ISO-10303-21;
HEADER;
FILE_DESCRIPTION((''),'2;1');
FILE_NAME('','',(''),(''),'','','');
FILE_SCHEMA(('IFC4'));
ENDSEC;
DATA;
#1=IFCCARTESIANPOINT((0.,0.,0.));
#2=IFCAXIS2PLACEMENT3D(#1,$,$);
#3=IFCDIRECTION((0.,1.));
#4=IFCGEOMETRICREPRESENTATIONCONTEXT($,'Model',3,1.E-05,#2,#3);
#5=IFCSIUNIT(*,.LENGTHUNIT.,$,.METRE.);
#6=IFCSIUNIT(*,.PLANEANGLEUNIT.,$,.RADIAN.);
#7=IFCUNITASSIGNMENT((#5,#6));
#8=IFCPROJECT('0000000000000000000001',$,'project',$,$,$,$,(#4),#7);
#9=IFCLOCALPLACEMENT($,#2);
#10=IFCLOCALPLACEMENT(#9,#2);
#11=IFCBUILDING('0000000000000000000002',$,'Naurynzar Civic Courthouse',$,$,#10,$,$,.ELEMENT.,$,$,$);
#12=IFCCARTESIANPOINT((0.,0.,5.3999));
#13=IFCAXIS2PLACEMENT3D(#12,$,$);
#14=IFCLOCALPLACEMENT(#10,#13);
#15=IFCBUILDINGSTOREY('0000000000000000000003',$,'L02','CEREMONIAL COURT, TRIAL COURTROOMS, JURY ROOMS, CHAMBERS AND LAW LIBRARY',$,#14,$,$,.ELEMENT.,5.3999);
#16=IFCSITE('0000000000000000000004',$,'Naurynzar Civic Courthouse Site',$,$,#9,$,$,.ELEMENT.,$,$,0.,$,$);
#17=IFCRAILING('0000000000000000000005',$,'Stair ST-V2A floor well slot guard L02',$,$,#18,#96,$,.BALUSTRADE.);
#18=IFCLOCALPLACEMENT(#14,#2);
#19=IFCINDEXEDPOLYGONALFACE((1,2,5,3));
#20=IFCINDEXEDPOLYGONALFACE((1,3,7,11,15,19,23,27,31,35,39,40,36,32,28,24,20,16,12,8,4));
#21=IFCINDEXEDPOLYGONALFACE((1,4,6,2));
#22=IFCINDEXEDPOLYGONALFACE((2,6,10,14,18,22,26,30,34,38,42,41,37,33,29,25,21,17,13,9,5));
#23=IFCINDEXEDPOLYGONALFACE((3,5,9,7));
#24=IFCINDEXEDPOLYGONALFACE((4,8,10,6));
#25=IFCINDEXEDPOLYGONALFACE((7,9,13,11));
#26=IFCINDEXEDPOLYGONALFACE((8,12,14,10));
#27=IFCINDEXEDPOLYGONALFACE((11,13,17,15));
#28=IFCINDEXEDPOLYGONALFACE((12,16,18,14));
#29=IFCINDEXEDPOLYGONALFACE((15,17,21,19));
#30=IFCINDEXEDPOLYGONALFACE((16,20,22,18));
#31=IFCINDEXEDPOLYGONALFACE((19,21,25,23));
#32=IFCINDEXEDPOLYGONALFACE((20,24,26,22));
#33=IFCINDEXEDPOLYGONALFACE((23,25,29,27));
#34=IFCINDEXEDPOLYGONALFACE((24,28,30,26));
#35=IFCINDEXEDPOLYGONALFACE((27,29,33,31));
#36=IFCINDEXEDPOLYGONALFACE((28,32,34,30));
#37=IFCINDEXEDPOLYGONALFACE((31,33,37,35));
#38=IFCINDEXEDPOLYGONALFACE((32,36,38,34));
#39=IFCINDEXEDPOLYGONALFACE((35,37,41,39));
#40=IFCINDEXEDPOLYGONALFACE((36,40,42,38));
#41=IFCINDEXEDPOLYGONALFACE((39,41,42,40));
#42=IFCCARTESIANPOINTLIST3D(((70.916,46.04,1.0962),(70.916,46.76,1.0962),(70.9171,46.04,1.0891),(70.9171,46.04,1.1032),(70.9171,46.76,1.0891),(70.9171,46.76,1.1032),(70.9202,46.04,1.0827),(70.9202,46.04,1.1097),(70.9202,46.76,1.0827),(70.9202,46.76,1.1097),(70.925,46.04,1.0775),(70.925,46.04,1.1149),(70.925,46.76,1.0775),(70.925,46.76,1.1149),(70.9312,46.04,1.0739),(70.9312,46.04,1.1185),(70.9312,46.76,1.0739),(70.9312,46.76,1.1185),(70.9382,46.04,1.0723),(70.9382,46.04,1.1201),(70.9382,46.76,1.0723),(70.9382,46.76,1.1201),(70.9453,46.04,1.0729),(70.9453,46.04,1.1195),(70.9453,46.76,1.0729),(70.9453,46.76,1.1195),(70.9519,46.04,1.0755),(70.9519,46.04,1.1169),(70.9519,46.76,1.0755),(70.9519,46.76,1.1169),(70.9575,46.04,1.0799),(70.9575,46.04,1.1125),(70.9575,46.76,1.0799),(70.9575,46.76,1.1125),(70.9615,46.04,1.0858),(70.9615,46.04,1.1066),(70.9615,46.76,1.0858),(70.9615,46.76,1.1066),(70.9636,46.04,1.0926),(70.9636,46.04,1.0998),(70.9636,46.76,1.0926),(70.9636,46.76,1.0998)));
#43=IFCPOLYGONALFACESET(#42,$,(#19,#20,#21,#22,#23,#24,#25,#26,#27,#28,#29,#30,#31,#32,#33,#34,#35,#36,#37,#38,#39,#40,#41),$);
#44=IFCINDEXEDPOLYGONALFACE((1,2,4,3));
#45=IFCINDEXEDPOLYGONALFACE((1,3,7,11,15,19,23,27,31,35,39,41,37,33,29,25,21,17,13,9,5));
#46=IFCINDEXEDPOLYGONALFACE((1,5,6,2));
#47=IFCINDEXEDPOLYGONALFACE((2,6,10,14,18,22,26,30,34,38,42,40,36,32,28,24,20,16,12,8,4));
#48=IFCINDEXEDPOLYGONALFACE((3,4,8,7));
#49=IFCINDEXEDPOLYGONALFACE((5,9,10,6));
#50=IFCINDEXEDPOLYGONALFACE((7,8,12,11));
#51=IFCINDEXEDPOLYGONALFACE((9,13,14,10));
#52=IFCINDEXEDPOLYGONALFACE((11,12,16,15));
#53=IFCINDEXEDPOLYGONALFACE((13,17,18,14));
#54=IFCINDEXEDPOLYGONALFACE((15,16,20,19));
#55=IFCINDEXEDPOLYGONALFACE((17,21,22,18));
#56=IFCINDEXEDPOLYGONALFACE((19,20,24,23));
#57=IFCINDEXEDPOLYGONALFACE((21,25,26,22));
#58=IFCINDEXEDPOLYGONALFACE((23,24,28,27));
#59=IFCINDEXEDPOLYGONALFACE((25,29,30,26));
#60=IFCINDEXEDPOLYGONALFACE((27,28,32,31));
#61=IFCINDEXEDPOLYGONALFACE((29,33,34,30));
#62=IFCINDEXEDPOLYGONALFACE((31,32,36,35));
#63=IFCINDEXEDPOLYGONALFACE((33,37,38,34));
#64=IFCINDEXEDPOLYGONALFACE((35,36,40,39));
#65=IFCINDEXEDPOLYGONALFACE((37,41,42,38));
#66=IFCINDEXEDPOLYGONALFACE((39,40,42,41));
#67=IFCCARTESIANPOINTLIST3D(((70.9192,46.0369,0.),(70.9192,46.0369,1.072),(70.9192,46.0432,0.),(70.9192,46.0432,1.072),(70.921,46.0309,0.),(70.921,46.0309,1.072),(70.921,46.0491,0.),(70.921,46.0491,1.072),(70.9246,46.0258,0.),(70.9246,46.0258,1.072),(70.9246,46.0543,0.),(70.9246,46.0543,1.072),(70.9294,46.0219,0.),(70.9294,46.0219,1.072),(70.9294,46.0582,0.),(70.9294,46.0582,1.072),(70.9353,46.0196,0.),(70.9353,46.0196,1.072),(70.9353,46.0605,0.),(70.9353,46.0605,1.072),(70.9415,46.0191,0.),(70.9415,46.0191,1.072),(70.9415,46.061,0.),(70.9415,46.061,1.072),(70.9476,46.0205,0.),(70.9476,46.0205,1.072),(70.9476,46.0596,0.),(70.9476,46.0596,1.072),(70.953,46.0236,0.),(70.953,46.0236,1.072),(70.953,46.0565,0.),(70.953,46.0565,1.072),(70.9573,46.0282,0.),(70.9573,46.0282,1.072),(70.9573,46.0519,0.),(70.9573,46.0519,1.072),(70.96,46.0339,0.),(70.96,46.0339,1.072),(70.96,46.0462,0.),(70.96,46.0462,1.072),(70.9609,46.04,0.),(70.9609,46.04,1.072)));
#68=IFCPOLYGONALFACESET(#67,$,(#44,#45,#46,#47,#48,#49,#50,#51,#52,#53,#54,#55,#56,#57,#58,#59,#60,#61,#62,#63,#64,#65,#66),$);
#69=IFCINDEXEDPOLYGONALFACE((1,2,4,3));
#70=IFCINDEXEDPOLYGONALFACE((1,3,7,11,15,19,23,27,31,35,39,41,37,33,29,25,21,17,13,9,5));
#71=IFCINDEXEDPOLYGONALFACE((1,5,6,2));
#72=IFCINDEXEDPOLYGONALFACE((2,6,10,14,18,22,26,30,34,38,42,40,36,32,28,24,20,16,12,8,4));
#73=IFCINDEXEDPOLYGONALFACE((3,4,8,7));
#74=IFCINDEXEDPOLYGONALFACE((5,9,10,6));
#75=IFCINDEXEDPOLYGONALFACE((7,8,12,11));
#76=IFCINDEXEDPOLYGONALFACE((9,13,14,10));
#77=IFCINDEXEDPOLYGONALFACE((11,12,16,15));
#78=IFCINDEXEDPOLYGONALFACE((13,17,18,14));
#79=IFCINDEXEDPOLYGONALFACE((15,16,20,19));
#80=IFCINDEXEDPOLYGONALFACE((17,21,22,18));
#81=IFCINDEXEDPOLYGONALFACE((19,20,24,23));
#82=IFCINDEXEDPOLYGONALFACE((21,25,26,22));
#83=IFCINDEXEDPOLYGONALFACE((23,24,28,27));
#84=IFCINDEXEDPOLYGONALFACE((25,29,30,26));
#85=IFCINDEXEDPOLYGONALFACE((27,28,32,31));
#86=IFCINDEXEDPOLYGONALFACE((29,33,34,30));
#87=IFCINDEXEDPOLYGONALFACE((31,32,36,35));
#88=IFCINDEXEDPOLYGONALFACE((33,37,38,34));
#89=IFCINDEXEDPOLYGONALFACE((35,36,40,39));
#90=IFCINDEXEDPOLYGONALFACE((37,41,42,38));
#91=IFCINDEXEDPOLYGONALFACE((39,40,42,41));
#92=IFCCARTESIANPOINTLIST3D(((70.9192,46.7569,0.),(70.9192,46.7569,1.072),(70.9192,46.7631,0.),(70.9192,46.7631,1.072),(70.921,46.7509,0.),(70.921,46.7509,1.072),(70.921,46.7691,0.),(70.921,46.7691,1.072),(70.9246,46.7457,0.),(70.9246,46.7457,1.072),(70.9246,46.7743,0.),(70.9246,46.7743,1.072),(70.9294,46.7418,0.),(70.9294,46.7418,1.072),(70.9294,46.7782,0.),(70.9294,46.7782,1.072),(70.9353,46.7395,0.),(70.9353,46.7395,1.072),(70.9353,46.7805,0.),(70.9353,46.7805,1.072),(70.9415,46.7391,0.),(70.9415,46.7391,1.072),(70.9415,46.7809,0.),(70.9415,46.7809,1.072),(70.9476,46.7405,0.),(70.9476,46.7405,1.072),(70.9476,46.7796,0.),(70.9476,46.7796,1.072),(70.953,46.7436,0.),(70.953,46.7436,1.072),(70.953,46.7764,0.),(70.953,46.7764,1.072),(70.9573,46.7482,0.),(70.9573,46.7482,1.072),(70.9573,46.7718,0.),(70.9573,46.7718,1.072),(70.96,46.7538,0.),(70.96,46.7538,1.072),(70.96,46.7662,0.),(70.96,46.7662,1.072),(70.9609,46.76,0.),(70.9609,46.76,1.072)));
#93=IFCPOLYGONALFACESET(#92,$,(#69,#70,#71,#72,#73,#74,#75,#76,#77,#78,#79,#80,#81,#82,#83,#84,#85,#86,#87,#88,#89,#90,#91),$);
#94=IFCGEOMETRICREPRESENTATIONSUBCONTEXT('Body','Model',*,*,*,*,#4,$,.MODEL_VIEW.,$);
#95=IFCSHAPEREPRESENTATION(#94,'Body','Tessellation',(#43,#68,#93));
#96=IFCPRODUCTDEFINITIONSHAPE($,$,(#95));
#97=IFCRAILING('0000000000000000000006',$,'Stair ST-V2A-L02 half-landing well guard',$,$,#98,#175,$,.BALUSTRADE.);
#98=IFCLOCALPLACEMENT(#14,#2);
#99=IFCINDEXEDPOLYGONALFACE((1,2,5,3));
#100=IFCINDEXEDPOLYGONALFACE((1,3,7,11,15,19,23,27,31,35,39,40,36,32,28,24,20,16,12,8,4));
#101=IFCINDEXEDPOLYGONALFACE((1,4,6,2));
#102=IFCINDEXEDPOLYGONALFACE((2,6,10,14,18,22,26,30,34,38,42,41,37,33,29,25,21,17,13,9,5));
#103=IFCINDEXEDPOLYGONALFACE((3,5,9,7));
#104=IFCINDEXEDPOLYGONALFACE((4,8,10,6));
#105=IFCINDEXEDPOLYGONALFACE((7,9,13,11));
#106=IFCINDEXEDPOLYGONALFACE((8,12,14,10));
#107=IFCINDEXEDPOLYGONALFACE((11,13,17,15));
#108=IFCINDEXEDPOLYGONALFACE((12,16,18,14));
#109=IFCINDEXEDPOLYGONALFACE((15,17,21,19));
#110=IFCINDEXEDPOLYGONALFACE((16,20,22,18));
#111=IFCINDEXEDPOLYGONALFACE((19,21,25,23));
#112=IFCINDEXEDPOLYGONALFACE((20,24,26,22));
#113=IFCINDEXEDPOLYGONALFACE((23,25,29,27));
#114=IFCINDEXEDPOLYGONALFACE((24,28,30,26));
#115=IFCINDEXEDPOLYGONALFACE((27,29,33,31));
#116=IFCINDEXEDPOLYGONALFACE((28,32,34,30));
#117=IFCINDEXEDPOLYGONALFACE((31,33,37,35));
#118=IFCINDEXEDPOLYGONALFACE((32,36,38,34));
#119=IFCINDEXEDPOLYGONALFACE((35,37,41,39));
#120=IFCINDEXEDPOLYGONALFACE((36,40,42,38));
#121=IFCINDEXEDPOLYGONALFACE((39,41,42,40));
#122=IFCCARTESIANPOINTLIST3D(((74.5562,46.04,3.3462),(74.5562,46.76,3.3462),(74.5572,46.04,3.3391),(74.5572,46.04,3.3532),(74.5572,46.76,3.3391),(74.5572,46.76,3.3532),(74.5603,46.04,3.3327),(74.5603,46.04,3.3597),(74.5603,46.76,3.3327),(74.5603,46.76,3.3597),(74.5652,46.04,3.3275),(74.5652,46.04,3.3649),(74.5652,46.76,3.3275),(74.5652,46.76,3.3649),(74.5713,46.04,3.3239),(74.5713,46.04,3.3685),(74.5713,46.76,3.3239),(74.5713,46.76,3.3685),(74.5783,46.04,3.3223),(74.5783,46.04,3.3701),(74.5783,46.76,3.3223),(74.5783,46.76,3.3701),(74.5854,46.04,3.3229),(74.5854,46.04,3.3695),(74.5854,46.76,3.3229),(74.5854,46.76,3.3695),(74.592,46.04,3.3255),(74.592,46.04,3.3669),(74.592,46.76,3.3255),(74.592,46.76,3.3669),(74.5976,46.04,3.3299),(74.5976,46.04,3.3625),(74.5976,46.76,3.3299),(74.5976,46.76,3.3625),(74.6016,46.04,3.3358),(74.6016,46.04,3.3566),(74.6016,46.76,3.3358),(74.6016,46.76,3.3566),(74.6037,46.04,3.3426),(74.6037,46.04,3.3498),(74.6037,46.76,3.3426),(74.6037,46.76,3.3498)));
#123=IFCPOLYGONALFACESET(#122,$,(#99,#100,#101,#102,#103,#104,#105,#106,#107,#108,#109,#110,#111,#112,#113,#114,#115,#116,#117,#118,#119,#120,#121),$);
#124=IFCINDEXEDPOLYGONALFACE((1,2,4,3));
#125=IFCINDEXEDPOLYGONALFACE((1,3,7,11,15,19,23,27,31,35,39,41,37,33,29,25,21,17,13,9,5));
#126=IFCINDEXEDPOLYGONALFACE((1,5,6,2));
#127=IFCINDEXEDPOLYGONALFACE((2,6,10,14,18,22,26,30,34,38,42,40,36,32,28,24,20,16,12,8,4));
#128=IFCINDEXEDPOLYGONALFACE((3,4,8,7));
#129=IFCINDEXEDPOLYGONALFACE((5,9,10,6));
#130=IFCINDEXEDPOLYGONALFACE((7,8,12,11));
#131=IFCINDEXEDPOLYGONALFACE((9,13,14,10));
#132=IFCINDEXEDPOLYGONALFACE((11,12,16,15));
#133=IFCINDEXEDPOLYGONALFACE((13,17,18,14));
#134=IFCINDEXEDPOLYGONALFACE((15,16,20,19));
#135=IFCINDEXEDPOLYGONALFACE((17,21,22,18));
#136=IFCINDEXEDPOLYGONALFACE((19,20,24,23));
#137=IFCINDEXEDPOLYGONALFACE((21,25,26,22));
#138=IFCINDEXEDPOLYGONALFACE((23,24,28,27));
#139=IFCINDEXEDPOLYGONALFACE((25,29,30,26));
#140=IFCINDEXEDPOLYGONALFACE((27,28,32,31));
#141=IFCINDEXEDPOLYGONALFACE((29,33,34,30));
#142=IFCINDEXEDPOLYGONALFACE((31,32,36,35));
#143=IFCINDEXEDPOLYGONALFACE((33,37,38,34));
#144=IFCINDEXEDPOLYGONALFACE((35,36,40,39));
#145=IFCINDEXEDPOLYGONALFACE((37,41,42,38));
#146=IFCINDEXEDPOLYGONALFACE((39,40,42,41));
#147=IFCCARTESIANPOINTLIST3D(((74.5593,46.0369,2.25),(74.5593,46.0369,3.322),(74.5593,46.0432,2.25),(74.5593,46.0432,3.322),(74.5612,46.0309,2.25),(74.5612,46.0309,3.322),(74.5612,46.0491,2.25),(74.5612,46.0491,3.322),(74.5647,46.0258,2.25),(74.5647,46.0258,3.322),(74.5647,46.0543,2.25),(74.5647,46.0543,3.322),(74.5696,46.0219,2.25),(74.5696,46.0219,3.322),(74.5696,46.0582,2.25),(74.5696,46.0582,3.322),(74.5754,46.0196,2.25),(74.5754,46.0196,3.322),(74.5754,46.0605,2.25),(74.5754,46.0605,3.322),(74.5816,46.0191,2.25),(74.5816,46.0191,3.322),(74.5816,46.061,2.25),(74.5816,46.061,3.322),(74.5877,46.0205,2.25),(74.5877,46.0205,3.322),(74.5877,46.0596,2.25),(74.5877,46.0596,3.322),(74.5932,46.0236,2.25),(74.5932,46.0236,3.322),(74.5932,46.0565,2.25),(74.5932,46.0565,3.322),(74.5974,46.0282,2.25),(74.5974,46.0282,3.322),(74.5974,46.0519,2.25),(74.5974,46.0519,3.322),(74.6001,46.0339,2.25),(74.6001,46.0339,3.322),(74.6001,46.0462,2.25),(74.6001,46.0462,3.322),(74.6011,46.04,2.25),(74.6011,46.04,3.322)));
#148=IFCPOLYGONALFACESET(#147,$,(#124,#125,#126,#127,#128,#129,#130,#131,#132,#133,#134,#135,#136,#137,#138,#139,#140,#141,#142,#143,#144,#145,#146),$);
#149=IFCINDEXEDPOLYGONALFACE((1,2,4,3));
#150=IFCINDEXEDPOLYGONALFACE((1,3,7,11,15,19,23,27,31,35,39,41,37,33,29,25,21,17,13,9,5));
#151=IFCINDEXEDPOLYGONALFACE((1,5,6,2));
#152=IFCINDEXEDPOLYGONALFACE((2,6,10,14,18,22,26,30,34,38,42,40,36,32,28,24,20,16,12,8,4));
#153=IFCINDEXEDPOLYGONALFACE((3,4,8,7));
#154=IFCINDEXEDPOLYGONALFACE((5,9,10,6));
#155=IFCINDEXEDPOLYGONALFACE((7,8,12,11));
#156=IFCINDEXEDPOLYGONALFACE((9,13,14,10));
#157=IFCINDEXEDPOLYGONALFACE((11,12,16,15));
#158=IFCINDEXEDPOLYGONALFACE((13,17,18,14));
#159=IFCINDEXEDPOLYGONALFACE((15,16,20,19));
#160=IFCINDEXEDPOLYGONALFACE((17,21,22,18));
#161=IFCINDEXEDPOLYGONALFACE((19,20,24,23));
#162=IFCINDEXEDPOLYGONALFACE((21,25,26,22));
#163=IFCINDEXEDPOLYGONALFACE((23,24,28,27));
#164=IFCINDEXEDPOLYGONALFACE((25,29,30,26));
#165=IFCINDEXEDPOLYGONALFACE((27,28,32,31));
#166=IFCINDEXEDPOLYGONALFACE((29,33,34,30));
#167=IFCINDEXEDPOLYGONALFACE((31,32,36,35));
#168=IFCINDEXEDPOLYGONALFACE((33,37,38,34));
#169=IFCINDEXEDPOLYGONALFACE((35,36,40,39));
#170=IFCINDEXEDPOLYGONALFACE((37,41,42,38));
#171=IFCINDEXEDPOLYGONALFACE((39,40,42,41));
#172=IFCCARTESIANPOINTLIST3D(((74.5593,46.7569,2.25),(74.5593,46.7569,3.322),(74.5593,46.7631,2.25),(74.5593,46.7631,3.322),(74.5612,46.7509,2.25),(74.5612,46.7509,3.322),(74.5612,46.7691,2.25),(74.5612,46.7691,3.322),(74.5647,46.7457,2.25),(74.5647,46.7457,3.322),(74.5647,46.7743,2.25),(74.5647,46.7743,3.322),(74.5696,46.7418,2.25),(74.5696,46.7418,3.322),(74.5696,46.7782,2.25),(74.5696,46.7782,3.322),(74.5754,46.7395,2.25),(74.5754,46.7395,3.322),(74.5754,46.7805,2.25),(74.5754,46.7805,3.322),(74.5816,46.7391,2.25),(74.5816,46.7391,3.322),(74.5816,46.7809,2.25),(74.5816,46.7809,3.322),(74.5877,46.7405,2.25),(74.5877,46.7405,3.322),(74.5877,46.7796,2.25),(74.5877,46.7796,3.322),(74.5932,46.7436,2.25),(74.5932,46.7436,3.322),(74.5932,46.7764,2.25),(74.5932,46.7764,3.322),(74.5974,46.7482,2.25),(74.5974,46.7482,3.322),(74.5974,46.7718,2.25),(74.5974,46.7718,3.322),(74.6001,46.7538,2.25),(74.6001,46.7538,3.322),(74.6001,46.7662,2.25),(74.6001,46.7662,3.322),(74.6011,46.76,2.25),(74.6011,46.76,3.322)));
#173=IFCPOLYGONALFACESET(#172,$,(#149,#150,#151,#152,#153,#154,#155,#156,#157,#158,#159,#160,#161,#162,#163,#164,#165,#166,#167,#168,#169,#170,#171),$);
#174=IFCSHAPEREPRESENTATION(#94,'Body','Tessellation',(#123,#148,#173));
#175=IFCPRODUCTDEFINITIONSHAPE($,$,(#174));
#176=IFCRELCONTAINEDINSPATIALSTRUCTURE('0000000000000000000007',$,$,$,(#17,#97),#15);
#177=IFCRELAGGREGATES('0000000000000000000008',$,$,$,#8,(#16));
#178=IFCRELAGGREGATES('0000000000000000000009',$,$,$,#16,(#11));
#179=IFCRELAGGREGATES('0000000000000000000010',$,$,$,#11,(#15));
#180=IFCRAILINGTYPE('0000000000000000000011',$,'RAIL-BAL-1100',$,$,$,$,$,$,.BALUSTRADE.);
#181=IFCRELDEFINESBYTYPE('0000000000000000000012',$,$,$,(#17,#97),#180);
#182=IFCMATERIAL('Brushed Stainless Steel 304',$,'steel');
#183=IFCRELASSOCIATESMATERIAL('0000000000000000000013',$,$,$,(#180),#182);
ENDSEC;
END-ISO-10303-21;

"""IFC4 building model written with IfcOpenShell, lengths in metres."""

from ifc_helpers import new_model, si_unit, direction, frame, origin, origin_2d, place, context, subcontext, project, spatial, circle, extrude, material, type_object, element, save


model = new_model("IFC4")

# Units and contexts
model_context = context("Model", 3, precision=1e-05, world=origin(), true_north=direction((0.0, 1.0)))
body_context = subcontext(model_context, "Body", "Model", "MODEL_VIEW")
ifc_project = project(units=[si_unit("LENGTHUNIT", "METRE"), si_unit("PLANEANGLEUNIT", "RADIAN")], contexts=[model_context])

# Site, building, storey
site_placement = place(None, origin())
site = spatial("IfcSite", under=ifc_project, at=site_placement, Name="Naurynzar Civic Courthouse Site", CompositionType="ELEMENT", RefElevation=0.0)
building_placement = place(site_placement, origin())
building = spatial("IfcBuilding", under=site, at=building_placement, Name="Naurynzar Civic Courthouse", CompositionType="ELEMENT")
storey_placement = place(building_placement, frame((0.0, 0.0, 5.3999)))
storey = spatial("IfcBuildingStorey", under=building, at=storey_placement, Name="L02", Description="CEREMONIAL COURT, TRIAL COURTROOMS, JURY ROOMS, CHAMBERS AND LAW LIBRARY", CompositionType="ELEMENT", Elevation=5.3999)

# Railings
ifc_material_1 = material(Name="Brushed Stainless Steel 304", Category="steel")
railing_type_1 = type_object("IfcRailingType", Name="RAIL-BAL-1100", PredefinedType="BALUSTRADE", material=ifc_material_1)
for number, where, name in (
    (1, (70.9399, 46.04, 0.0), "Stair ST-V2A floor well slot guard L02"),
    (2, (74.5801, 46.04, 2.25), "Stair ST-V2A-L02 half-landing well guard"),
):
    element("IfcRailing", number, at=place(storey_placement, frame(where)), inside=storey, type_object=railing_type_1, Name=name, PredefinedType="BALUSTRADE", context=body_context, shape_type="SweptSolid", body=[
        extrude(circle(Radius=0.0239, at=origin_2d()), frame((0.0, 0.0, 1.0962), z_axis=(0.0, 1.0, 0.0), x_axis=(-1.0, 0.0, 0.0)), (0.0, 0.0, 1.0), 0.72),
        extrude(circle(Radius=0.021, at=origin_2d()), origin(), (0.0, 0.0, 1.0), 1.072),
        extrude(circle(Radius=0.021, at=origin_2d()), frame((0.0, 0.72, 0.0)), (0.0, 0.0, 1.0), 1.072),
    ])

save(model, "model.ifc")
